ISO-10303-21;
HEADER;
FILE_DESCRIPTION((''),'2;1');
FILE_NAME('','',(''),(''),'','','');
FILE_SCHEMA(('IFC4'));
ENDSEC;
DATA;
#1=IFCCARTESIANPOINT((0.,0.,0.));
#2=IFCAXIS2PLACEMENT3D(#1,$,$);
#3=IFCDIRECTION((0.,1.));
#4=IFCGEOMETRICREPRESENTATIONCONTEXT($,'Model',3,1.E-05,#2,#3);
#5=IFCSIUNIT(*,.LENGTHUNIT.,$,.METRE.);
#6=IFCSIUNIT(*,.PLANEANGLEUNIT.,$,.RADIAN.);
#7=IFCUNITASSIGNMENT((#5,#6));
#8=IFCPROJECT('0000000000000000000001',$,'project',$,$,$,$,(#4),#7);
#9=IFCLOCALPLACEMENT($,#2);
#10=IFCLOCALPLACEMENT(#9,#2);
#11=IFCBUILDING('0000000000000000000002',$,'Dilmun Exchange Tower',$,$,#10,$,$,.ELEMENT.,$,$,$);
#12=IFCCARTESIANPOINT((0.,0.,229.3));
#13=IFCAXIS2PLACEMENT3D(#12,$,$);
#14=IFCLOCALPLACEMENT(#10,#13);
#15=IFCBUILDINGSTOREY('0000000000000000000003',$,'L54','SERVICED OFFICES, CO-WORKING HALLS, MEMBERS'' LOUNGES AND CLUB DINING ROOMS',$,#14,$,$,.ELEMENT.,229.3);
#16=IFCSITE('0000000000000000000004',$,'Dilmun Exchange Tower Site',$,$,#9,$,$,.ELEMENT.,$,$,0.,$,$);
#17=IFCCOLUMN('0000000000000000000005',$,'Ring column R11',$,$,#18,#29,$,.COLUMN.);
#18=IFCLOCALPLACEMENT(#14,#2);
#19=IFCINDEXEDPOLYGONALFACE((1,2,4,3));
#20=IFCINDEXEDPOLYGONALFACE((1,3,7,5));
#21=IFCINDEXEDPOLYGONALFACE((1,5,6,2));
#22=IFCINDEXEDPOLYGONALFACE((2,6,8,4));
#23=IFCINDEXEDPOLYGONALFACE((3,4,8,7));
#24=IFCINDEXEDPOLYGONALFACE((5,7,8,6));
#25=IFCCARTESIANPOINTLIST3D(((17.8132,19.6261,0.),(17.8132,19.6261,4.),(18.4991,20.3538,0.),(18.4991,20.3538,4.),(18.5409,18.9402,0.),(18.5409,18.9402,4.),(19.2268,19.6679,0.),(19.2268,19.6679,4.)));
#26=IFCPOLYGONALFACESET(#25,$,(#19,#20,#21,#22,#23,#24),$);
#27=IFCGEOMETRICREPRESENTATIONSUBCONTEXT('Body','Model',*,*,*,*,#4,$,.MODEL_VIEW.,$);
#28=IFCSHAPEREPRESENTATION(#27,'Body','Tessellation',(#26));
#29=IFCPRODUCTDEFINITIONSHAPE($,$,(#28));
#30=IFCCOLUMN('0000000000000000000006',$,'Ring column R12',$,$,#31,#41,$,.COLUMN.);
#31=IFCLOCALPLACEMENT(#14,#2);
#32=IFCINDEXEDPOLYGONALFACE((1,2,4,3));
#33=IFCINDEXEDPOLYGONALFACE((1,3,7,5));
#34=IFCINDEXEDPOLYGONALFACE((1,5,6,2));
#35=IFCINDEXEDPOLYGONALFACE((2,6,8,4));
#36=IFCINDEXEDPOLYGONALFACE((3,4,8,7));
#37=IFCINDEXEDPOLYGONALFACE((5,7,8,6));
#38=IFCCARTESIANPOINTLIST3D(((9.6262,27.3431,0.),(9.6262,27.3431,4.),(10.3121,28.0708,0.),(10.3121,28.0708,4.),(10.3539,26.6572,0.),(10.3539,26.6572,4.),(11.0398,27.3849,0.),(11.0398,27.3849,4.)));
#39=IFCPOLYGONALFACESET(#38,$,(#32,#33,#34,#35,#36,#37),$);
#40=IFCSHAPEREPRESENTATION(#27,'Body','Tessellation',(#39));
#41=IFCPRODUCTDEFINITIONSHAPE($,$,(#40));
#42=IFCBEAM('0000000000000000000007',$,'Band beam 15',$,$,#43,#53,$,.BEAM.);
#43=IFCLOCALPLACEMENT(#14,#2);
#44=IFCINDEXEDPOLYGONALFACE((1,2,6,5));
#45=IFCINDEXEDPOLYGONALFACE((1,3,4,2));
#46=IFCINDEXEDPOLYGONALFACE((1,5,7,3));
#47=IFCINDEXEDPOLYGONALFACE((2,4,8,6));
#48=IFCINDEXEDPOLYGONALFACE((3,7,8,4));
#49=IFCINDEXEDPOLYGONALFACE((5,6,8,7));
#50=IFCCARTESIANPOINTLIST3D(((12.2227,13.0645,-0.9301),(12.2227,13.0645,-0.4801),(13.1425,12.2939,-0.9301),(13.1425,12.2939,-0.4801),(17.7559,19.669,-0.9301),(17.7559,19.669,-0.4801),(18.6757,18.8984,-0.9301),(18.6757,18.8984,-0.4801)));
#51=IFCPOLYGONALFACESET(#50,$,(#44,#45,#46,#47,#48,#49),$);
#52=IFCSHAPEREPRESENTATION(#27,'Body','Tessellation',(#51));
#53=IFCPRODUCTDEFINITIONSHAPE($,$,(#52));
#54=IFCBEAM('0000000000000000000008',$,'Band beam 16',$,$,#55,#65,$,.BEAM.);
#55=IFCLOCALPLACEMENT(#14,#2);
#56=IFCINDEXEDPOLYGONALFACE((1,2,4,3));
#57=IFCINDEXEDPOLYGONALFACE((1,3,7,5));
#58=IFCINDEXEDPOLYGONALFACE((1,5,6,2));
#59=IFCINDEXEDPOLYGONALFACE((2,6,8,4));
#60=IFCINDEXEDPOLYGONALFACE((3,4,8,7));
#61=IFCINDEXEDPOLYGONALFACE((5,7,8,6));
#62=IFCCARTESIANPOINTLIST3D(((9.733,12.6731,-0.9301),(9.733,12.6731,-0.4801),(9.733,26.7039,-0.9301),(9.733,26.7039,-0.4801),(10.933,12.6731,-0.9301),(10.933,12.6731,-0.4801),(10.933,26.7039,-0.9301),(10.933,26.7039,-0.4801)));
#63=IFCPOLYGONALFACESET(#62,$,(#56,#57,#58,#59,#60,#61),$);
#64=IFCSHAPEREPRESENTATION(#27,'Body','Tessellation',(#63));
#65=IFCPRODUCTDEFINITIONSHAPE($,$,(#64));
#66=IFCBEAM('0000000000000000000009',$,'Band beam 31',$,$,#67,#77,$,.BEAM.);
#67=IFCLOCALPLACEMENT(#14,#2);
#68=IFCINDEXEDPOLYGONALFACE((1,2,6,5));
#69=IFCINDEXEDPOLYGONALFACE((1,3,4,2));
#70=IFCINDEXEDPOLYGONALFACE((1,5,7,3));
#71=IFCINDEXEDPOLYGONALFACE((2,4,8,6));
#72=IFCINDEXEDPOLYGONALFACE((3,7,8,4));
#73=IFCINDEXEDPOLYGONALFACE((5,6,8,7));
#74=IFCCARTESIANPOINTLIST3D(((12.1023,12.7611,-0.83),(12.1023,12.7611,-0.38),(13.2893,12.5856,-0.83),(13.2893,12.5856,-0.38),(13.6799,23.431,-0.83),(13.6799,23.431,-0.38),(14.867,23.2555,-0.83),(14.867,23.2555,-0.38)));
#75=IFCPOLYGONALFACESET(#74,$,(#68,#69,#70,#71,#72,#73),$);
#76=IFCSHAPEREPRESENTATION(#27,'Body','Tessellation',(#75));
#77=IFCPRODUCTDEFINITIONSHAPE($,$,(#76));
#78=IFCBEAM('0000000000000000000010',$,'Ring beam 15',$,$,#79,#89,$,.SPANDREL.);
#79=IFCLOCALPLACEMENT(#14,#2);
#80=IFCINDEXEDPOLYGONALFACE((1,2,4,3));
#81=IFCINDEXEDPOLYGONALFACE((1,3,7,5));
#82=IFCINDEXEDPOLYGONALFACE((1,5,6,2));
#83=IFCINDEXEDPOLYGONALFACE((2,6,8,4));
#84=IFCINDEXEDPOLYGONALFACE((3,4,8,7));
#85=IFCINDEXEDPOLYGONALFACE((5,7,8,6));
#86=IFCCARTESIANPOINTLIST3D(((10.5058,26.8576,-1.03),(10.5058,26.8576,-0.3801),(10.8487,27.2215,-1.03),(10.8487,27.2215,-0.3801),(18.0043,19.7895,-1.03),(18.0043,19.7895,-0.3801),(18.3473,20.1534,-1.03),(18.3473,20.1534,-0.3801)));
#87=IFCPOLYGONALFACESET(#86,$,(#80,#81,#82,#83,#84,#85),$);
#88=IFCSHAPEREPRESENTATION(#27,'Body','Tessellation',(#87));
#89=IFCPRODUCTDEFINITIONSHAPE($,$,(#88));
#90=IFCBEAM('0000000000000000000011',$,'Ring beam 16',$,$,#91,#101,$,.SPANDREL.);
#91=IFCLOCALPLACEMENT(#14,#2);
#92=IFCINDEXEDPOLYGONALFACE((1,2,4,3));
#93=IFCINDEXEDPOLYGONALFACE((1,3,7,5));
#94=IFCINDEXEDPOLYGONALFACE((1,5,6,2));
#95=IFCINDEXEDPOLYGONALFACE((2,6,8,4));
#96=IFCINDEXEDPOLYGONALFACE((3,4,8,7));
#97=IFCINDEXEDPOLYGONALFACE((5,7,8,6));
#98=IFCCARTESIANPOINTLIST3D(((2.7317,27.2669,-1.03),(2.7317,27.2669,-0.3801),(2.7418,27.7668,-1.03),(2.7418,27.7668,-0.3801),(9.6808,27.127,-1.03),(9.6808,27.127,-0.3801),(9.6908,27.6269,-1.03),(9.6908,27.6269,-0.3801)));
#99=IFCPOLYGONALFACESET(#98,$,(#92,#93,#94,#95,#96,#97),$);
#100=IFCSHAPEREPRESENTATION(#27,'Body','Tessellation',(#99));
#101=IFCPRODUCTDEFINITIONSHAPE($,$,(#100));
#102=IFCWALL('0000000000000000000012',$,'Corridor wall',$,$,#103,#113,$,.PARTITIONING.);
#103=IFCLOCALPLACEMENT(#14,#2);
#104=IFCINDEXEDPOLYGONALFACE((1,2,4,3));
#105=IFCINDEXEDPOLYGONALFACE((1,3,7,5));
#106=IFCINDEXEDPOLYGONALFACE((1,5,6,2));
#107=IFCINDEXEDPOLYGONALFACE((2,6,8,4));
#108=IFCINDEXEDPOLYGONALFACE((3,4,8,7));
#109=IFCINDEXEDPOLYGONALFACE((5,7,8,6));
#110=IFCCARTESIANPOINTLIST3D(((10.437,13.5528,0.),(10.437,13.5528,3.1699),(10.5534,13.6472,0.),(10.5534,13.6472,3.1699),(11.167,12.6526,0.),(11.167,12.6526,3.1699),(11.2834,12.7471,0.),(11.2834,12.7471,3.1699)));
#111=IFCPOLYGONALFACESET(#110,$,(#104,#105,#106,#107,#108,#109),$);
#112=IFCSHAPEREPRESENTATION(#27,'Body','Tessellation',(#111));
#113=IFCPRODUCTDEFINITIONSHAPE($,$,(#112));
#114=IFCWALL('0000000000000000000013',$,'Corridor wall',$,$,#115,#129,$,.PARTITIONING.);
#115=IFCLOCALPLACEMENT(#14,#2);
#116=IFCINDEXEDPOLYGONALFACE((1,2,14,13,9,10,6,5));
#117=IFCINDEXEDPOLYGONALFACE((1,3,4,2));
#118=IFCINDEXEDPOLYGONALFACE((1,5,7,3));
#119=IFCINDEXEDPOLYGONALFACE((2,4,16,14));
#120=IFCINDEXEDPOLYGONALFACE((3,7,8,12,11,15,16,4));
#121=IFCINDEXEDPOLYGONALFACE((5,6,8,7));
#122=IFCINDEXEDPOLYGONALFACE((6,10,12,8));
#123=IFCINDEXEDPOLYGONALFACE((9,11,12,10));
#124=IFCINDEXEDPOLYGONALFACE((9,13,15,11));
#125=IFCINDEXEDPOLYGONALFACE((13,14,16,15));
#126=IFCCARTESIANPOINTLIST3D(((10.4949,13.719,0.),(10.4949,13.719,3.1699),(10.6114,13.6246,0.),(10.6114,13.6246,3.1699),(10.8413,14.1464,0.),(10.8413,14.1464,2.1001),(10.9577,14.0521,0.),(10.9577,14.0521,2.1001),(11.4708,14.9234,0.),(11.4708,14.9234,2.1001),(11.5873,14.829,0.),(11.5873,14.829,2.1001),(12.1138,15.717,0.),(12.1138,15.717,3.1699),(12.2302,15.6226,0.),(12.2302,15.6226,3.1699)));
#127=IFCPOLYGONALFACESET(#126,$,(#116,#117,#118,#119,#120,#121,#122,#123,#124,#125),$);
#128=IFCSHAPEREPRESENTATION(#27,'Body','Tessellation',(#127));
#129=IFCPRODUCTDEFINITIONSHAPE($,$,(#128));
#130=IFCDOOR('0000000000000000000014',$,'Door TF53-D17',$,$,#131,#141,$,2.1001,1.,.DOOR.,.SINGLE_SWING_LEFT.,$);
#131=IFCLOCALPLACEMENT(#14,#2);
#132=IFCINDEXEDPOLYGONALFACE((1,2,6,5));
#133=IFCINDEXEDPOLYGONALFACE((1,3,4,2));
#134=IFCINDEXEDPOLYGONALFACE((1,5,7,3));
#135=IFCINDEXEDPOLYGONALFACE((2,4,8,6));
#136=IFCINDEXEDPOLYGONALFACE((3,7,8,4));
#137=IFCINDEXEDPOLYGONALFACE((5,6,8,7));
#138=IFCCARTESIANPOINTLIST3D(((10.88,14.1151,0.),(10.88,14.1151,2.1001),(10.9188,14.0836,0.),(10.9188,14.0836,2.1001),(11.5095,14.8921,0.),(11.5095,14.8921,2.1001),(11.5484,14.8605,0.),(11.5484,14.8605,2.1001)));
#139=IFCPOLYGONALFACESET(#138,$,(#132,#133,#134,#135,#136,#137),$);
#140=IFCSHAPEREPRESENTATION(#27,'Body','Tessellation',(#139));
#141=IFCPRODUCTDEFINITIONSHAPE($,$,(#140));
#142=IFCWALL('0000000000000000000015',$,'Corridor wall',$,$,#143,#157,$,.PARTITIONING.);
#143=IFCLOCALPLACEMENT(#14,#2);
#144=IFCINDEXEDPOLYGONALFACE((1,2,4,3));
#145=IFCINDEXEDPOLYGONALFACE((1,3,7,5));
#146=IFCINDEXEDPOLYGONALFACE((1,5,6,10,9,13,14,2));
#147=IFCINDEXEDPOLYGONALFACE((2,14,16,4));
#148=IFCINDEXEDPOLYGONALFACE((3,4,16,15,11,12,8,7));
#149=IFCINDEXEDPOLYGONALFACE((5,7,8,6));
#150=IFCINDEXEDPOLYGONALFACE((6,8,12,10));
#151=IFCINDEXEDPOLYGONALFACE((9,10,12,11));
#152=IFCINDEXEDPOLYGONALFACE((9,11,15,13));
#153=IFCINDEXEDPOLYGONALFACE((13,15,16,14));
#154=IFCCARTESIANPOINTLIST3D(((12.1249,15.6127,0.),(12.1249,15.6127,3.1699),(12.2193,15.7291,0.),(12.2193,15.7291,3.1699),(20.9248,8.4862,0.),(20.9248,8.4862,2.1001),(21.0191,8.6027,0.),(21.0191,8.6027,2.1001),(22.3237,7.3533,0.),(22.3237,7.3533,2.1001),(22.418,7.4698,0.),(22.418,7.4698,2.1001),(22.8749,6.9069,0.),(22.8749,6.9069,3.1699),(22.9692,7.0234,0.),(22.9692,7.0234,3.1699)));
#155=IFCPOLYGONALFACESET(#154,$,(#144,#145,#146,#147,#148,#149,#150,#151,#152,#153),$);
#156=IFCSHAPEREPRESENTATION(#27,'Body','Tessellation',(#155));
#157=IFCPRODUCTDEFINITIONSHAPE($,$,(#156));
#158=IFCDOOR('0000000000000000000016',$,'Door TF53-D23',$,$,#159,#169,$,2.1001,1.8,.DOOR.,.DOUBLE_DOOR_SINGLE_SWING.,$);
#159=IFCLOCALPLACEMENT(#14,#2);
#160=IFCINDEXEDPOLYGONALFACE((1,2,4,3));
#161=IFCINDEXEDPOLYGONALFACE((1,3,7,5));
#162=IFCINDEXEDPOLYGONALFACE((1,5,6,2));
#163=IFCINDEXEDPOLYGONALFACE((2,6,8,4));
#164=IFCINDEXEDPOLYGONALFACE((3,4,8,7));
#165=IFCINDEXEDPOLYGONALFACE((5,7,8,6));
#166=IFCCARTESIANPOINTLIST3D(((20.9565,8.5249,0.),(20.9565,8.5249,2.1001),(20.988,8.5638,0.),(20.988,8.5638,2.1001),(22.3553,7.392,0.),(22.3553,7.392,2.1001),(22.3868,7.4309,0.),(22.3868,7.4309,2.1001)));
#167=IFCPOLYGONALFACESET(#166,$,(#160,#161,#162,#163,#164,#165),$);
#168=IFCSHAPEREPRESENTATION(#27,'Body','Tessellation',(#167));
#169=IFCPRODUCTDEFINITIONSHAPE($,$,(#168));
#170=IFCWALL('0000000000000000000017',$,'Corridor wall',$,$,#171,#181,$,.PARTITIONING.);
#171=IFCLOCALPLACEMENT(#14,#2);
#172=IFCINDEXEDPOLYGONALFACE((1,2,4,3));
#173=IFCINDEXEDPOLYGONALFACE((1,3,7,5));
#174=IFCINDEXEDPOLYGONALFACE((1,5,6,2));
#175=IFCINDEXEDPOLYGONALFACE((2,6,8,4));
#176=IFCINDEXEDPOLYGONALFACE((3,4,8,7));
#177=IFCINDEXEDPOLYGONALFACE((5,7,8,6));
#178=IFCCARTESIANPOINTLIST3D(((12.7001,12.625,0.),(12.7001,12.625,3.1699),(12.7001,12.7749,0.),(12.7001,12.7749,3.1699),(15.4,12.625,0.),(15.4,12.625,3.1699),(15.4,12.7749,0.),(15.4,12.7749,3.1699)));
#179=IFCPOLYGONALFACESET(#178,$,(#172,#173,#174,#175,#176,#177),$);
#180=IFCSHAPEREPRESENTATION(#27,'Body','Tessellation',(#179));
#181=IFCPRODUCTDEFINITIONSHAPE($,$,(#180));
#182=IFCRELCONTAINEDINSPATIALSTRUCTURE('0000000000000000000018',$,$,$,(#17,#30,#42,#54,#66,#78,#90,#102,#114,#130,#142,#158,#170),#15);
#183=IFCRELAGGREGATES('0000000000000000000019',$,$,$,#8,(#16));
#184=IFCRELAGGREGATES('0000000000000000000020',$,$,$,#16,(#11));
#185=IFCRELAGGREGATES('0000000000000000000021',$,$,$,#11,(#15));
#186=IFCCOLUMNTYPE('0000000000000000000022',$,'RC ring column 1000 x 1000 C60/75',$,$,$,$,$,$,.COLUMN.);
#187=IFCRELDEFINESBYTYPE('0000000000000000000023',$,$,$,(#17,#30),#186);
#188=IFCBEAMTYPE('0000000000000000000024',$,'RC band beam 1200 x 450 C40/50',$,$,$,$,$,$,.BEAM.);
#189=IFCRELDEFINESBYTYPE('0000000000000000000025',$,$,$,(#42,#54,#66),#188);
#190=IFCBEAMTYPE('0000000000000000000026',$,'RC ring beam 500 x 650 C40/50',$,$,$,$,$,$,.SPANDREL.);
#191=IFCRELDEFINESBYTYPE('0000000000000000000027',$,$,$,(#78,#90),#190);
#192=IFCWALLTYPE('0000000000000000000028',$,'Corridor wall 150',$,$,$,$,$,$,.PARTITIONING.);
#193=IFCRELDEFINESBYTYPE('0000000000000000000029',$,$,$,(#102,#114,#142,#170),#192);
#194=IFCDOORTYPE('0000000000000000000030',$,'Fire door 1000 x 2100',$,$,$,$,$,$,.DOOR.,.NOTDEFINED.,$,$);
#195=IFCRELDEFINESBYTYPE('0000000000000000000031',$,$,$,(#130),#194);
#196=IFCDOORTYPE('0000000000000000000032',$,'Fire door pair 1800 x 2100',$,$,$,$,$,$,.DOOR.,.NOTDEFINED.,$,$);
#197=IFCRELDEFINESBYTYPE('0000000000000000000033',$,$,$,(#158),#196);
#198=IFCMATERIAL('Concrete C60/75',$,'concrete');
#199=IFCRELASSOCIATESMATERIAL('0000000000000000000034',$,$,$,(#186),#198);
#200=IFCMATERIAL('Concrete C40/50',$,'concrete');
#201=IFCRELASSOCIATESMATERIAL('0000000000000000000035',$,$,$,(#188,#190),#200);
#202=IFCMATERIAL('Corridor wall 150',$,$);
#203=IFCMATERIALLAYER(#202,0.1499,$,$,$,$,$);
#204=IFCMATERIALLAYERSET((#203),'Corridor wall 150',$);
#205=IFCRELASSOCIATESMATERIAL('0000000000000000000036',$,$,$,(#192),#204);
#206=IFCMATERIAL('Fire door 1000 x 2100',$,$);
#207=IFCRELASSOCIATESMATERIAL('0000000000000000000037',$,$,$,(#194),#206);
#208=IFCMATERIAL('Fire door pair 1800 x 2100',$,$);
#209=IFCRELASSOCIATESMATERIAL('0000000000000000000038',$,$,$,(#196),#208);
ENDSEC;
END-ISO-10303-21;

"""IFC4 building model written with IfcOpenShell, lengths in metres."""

from ifc_helpers import new_model, si_unit, direction, frame, frame_2d, origin, origin_2d, place, context, subcontext, project, spatial, rectangle, extrude, material, layer, layer_set, material_profile, profile_set, type_object, element, fill, save


model = new_model("IFC4")

# Units and contexts
model_context = context("Model", 3, precision=1e-05, world=origin(), true_north=direction((0.0, 1.0)))
body_context = subcontext(model_context, "Body", "Model", "MODEL_VIEW")
ifc_project = project(units=[si_unit("LENGTHUNIT", "METRE"), si_unit("PLANEANGLEUNIT", "RADIAN")], contexts=[model_context])

# Site, building, storey
site_placement = place(None, origin())
site = spatial("IfcSite", under=ifc_project, at=site_placement, Name="Dilmun Exchange Tower Site", CompositionType="ELEMENT", RefElevation=0.0)
building_placement = place(site_placement, origin())
building = spatial("IfcBuilding", under=site, at=building_placement, Name="Dilmun Exchange Tower", CompositionType="ELEMENT")
storey_placement = place(building_placement, frame((0.0, 0.0, 229.3)))
storey = spatial("IfcBuildingStorey", under=building, at=storey_placement, Name="L54", Description="SERVICED OFFICES, CO-WORKING HALLS, MEMBERS' LOUNGES AND CLUB DINING ROOMS", CompositionType="ELEMENT", Elevation=229.3)

# Columns
ifc_material_1 = material(Name="Concrete C60/75", Category="concrete")
ifc_material_profile_1 = material_profile(ifc_material_1, rectangle(XDim=1.0, YDim=1.0, at=origin_2d()), Name="1000 x 1000")
ifc_profile_set_1 = profile_set([ifc_material_profile_1], Name="Concrete C60/75")
column_type = type_object("IfcColumnType", Name="RC ring column 1000 x 1000 C60/75", PredefinedType="COLUMN", material=ifc_profile_set_1)
for number, where, z_axis, x_axis, name in (
    (1, (18.52, 19.647, 0.0), (0.0, 0.0, 1.0), (0.685916, 0.727681, 0.0), "Ring column R11"),
    (2, (10.333, 27.364, 0.0), (0.0, 0.0, 1.0), (0.685916, 0.727681, 0.0), "Ring column R12"),
):
    element("IfcColumn", number, at=place(storey_placement, frame(where, z_axis=z_axis, x_axis=x_axis)), inside=storey, type_object=column_type, Name=name, PredefinedType="COLUMN", context=body_context, shape_type="SweptSolid", body=[
        extrude(rectangle(XDim=1.0, YDim=1.0, at=origin_2d()), origin(), (0.0, 0.0, 1.0), 4.0),
    ])

# Beams
ifc_material_2 = material(Name="Concrete C40/50", Category="concrete")
ifc_material_profile_2 = material_profile(ifc_material_2, rectangle(XDim=1.2, YDim=0.45, at=origin_2d()), Name="1200 x 450")
ifc_profile_set_2 = profile_set([ifc_material_profile_2], Name="Concrete C40/50")
beam_type_1 = type_object("IfcBeamType", Name="RC band beam 1200 x 450 C40/50", PredefinedType="BEAM", material=ifc_profile_set_2)
beam_1_placement = place(storey_placement, frame((18.2158, 19.2837, -0.7051), z_axis=(-0.6422, -0.766537, 0.0), x_axis=(0.766537, -0.6422, 0.0)))
element("IfcBeam", 3, at=beam_1_placement, inside=storey, type_object=beam_type_1, Name="Band beam 15", PredefinedType="BEAM", context=body_context, shape_type="SweptSolid", body=[
    extrude(rectangle(XDim=1.2, YDim=0.45, at=origin_2d()), origin(), (0.0, 0.0, 1.0), 8.616),
])
beam_2_placement = place(storey_placement, frame((10.333, 26.7039, -0.7051), z_axis=(0.0, -1.0, 0.0), x_axis=(1.0, 0.0, 0.0)))
element("IfcBeam", 4, at=beam_2_placement, inside=storey, type_object=beam_type_1, Name="Band beam 16", PredefinedType="BEAM", context=body_context, shape_type="SweptSolid", body=[
    extrude(rectangle(XDim=1.2, YDim=0.45, at=origin_2d()), origin(), (0.0, 0.0, 1.0), 14.0308),
])
beam_3_placement = place(storey_placement, frame((14.2734, 23.3433, -0.605), z_axis=(-0.146268, -0.989245, 0.0), x_axis=(0.989245, -0.146268, 0.0)))
element("IfcBeam", 5, at=beam_3_placement, inside=storey, type_object=beam_type_1, Name="Band beam 31", PredefinedType="BEAM", context=body_context, shape_type="SweptSolid", body=[
    extrude(rectangle(XDim=1.2, YDim=0.45, at=origin_2d()), origin(), (0.0, 0.0, 1.0), 10.7859),
])
ifc_material_profile_3 = material_profile(ifc_material_2, rectangle(XDim=0.5, YDim=0.6499, at=origin_2d()), Name="500 x 650")
ifc_profile_set_3 = profile_set([ifc_material_profile_3], Name="Concrete C40/50")
beam_type_2 = type_object("IfcBeamType", Name="RC ring beam 500 x 650 C40/50", PredefinedType="SPANDREL", material=ifc_profile_set_3)
beam_4_placement = place(storey_placement, frame((18.1758, 19.9714, -0.7051), z_axis=(-0.727683, 0.685914, 0.0), x_axis=(-0.685914, -0.727683, 0.0)))
element("IfcBeam", 6, at=beam_4_placement, inside=storey, type_object=beam_type_2, Name="Ring beam 15", PredefinedType="SPANDREL", context=body_context, shape_type="SweptSolid", body=[
    extrude(rectangle(XDim=0.5, YDim=0.6499, at=origin_2d()), origin(), (0.0, 0.0, 1.0), 10.3047),
])
beam_5_placement = place(storey_placement, frame((9.6858, 27.377, -0.7051), z_axis=(-0.999797, 0.020127, 0.0), x_axis=(-0.020127, -0.999797, 0.0)))
element("IfcBeam", 7, at=beam_5_placement, inside=storey, type_object=beam_type_2, Name="Ring beam 16", PredefinedType="SPANDREL", context=body_context, shape_type="SweptSolid", body=[
    extrude(rectangle(XDim=0.5, YDim=0.6499, at=origin_2d()), origin(), (0.0, 0.0, 1.0), 6.9504),
])

# Wall
ifc_material_3 = material(Name="Corridor wall 150")
ifc_layer_1 = layer(ifc_material_3, 0.1499)
ifc_layer_set_1 = layer_set([ifc_layer_1], Name="Corridor wall 150")
wall_type_1 = type_object("IfcWallType", Name="Corridor wall 150", PredefinedType="PARTITIONING", material=ifc_layer_set_1)
wall_1_placement = place(storey_placement, frame((10.4951, 13.6001, 0.0), z_axis=(0.0, 0.0, 1.0), x_axis=(0.629871, -0.7767, 0.0)))
element("IfcWall", 8, at=wall_1_placement, inside=storey, type_object=wall_type_1, Name="Corridor wall", PredefinedType="PARTITIONING", context=body_context, shape_type="SweptSolid", body=[
    extrude(rectangle(XDim=1.1589, YDim=0.1499, at=frame_2d((0.5796, 0.0))), origin(), (0.0, 0.0, 1.0), 3.1699),
])

# Walls, openings, doors
wall_2_placement = place(storey_placement, frame((10.5532, 13.6719, 0.0), z_axis=(0.0, 0.0, 1.0), x_axis=(0.629534, 0.776973, 0.0)))
wall_2 = element("IfcWall", 9, at=wall_2_placement, inside=storey, type_object=wall_type_1, Name="Corridor wall", PredefinedType="PARTITIONING", context=body_context, shape_type="SweptSolid", body=[
    extrude(rectangle(XDim=2.5715, YDim=0.1499, at=frame_2d((1.2856, 0.0))), origin(), (0.0, 0.0, 1.0), 3.1699),
])
opening_1_placement = place(wall_2_placement, frame((0.55, 0.0, 0.0)))
opening_1 = element("IfcOpeningElement", 10, at=opening_1_placement, cuts=wall_2, PredefinedType="OPENING", context=body_context, shape_type="SweptSolid", body=[
    extrude(rectangle(XDim=1.0, YDim=2.1001, at=frame_2d((0.5, 1.05))), frame((0.0, 0.085, 0.0), z_axis=(0.0, -1.0, 0.0), x_axis=(1.0, 0.0, 0.0)), (0.0, 0.0, 1.0), 0.1699),
])
ifc_material_4 = material(Name="Fire door 1000 x 2100")
door_type_1 = type_object("IfcDoorType", Name="Fire door 1000 x 2100", OperationType="NOTDEFINED", PredefinedType="DOOR", material=ifc_material_4)
door_1_placement = place(opening_1_placement, frame((1.0, 0.0, 0.0), z_axis=(0.0, 0.0, 1.0), x_axis=(-1.0, 0.0, 0.0)))
door_1 = element("IfcDoor", 11, at=door_1_placement, inside=storey, type_object=door_type_1, Name="Door TF53-D17", OperationType="SINGLE_SWING_LEFT", OverallHeight=2.1001, OverallWidth=1.0, PredefinedType="DOOR", context=body_context, shape_type="SweptSolid", body=[
    extrude(rectangle(XDim=1.0, YDim=2.1001, at=frame_2d((0.5, 1.05))), frame((0.0, 0.0249, 0.0), z_axis=(0.0, -1.0, 0.0), x_axis=(1.0, 0.0, 0.0)), (0.0, 0.0, 1.0), 0.05),
])
fill(opening_1, door_1)
wall_3_placement = place(storey_placement, frame((12.1721, 15.6709, 0.0), z_axis=(0.0, 0.0, 1.0), x_axis=(0.777124, -0.629348, 0.0)))
wall_3 = element("IfcWall", 12, at=wall_3_placement, inside=storey, type_object=wall_type_1, Name="Corridor wall", PredefinedType="PARTITIONING", context=body_context, shape_type="SweptSolid", body=[
    extrude(rectangle(XDim=13.833, YDim=0.1499, at=frame_2d((6.9165, 0.0))), origin(), (0.0, 0.0, 1.0), 3.1699),
])
opening_2_placement = place(wall_3_placement, frame((11.3237, 0.0, 0.0)))
opening_2 = element("IfcOpeningElement", 13, at=opening_2_placement, cuts=wall_3, PredefinedType="OPENING", context=body_context, shape_type="SweptSolid", body=[
    extrude(rectangle(XDim=1.8, YDim=2.1001, at=frame_2d((0.8999, 1.05))), frame((0.0, 0.085, 0.0), z_axis=(0.0, -1.0, 0.0), x_axis=(1.0, 0.0, 0.0)), (0.0, 0.0, 1.0), 0.1699),
])
ifc_material_5 = material(Name="Fire door pair 1800 x 2100")
door_type_2 = type_object("IfcDoorType", Name="Fire door pair 1800 x 2100", OperationType="NOTDEFINED", PredefinedType="DOOR", material=ifc_material_5)
door_2_placement = place(opening_2_placement, frame((1.8, 0.0, 0.0), z_axis=(0.0, 0.0, 1.0), x_axis=(-1.0, 0.0, 0.0)))
door_2 = element("IfcDoor", 14, at=door_2_placement, inside=storey, type_object=door_type_2, Name="Door TF53-D23", OperationType="DOUBLE_DOOR_SINGLE_SWING", OverallHeight=2.1001, OverallWidth=1.8, PredefinedType="DOOR", context=body_context, shape_type="SweptSolid", body=[
    extrude(rectangle(XDim=1.8, YDim=2.1001, at=frame_2d((0.8999, 1.05))), frame((0.0, 0.0249, 0.0), z_axis=(0.0, -1.0, 0.0), x_axis=(1.0, 0.0, 0.0)), (0.0, 0.0, 1.0), 0.05),
])
fill(opening_2, door_2)

# Wall
wall_4_placement = place(storey_placement, frame((12.7, 12.7, 0.0), z_axis=(0.0, 0.0, 1.0), x_axis=(1.0, 0.0, 0.0)))
element("IfcWall", 15, at=wall_4_placement, inside=storey, type_object=wall_type_1, Name="Corridor wall", PredefinedType="PARTITIONING", context=body_context, shape_type="SweptSolid", body=[
    extrude(rectangle(XDim=2.7, YDim=0.1499, at=frame_2d((1.3501, 0.0))), origin(), (0.0, 0.0, 1.0), 3.1699),
])

save(model, "model.ifc")
